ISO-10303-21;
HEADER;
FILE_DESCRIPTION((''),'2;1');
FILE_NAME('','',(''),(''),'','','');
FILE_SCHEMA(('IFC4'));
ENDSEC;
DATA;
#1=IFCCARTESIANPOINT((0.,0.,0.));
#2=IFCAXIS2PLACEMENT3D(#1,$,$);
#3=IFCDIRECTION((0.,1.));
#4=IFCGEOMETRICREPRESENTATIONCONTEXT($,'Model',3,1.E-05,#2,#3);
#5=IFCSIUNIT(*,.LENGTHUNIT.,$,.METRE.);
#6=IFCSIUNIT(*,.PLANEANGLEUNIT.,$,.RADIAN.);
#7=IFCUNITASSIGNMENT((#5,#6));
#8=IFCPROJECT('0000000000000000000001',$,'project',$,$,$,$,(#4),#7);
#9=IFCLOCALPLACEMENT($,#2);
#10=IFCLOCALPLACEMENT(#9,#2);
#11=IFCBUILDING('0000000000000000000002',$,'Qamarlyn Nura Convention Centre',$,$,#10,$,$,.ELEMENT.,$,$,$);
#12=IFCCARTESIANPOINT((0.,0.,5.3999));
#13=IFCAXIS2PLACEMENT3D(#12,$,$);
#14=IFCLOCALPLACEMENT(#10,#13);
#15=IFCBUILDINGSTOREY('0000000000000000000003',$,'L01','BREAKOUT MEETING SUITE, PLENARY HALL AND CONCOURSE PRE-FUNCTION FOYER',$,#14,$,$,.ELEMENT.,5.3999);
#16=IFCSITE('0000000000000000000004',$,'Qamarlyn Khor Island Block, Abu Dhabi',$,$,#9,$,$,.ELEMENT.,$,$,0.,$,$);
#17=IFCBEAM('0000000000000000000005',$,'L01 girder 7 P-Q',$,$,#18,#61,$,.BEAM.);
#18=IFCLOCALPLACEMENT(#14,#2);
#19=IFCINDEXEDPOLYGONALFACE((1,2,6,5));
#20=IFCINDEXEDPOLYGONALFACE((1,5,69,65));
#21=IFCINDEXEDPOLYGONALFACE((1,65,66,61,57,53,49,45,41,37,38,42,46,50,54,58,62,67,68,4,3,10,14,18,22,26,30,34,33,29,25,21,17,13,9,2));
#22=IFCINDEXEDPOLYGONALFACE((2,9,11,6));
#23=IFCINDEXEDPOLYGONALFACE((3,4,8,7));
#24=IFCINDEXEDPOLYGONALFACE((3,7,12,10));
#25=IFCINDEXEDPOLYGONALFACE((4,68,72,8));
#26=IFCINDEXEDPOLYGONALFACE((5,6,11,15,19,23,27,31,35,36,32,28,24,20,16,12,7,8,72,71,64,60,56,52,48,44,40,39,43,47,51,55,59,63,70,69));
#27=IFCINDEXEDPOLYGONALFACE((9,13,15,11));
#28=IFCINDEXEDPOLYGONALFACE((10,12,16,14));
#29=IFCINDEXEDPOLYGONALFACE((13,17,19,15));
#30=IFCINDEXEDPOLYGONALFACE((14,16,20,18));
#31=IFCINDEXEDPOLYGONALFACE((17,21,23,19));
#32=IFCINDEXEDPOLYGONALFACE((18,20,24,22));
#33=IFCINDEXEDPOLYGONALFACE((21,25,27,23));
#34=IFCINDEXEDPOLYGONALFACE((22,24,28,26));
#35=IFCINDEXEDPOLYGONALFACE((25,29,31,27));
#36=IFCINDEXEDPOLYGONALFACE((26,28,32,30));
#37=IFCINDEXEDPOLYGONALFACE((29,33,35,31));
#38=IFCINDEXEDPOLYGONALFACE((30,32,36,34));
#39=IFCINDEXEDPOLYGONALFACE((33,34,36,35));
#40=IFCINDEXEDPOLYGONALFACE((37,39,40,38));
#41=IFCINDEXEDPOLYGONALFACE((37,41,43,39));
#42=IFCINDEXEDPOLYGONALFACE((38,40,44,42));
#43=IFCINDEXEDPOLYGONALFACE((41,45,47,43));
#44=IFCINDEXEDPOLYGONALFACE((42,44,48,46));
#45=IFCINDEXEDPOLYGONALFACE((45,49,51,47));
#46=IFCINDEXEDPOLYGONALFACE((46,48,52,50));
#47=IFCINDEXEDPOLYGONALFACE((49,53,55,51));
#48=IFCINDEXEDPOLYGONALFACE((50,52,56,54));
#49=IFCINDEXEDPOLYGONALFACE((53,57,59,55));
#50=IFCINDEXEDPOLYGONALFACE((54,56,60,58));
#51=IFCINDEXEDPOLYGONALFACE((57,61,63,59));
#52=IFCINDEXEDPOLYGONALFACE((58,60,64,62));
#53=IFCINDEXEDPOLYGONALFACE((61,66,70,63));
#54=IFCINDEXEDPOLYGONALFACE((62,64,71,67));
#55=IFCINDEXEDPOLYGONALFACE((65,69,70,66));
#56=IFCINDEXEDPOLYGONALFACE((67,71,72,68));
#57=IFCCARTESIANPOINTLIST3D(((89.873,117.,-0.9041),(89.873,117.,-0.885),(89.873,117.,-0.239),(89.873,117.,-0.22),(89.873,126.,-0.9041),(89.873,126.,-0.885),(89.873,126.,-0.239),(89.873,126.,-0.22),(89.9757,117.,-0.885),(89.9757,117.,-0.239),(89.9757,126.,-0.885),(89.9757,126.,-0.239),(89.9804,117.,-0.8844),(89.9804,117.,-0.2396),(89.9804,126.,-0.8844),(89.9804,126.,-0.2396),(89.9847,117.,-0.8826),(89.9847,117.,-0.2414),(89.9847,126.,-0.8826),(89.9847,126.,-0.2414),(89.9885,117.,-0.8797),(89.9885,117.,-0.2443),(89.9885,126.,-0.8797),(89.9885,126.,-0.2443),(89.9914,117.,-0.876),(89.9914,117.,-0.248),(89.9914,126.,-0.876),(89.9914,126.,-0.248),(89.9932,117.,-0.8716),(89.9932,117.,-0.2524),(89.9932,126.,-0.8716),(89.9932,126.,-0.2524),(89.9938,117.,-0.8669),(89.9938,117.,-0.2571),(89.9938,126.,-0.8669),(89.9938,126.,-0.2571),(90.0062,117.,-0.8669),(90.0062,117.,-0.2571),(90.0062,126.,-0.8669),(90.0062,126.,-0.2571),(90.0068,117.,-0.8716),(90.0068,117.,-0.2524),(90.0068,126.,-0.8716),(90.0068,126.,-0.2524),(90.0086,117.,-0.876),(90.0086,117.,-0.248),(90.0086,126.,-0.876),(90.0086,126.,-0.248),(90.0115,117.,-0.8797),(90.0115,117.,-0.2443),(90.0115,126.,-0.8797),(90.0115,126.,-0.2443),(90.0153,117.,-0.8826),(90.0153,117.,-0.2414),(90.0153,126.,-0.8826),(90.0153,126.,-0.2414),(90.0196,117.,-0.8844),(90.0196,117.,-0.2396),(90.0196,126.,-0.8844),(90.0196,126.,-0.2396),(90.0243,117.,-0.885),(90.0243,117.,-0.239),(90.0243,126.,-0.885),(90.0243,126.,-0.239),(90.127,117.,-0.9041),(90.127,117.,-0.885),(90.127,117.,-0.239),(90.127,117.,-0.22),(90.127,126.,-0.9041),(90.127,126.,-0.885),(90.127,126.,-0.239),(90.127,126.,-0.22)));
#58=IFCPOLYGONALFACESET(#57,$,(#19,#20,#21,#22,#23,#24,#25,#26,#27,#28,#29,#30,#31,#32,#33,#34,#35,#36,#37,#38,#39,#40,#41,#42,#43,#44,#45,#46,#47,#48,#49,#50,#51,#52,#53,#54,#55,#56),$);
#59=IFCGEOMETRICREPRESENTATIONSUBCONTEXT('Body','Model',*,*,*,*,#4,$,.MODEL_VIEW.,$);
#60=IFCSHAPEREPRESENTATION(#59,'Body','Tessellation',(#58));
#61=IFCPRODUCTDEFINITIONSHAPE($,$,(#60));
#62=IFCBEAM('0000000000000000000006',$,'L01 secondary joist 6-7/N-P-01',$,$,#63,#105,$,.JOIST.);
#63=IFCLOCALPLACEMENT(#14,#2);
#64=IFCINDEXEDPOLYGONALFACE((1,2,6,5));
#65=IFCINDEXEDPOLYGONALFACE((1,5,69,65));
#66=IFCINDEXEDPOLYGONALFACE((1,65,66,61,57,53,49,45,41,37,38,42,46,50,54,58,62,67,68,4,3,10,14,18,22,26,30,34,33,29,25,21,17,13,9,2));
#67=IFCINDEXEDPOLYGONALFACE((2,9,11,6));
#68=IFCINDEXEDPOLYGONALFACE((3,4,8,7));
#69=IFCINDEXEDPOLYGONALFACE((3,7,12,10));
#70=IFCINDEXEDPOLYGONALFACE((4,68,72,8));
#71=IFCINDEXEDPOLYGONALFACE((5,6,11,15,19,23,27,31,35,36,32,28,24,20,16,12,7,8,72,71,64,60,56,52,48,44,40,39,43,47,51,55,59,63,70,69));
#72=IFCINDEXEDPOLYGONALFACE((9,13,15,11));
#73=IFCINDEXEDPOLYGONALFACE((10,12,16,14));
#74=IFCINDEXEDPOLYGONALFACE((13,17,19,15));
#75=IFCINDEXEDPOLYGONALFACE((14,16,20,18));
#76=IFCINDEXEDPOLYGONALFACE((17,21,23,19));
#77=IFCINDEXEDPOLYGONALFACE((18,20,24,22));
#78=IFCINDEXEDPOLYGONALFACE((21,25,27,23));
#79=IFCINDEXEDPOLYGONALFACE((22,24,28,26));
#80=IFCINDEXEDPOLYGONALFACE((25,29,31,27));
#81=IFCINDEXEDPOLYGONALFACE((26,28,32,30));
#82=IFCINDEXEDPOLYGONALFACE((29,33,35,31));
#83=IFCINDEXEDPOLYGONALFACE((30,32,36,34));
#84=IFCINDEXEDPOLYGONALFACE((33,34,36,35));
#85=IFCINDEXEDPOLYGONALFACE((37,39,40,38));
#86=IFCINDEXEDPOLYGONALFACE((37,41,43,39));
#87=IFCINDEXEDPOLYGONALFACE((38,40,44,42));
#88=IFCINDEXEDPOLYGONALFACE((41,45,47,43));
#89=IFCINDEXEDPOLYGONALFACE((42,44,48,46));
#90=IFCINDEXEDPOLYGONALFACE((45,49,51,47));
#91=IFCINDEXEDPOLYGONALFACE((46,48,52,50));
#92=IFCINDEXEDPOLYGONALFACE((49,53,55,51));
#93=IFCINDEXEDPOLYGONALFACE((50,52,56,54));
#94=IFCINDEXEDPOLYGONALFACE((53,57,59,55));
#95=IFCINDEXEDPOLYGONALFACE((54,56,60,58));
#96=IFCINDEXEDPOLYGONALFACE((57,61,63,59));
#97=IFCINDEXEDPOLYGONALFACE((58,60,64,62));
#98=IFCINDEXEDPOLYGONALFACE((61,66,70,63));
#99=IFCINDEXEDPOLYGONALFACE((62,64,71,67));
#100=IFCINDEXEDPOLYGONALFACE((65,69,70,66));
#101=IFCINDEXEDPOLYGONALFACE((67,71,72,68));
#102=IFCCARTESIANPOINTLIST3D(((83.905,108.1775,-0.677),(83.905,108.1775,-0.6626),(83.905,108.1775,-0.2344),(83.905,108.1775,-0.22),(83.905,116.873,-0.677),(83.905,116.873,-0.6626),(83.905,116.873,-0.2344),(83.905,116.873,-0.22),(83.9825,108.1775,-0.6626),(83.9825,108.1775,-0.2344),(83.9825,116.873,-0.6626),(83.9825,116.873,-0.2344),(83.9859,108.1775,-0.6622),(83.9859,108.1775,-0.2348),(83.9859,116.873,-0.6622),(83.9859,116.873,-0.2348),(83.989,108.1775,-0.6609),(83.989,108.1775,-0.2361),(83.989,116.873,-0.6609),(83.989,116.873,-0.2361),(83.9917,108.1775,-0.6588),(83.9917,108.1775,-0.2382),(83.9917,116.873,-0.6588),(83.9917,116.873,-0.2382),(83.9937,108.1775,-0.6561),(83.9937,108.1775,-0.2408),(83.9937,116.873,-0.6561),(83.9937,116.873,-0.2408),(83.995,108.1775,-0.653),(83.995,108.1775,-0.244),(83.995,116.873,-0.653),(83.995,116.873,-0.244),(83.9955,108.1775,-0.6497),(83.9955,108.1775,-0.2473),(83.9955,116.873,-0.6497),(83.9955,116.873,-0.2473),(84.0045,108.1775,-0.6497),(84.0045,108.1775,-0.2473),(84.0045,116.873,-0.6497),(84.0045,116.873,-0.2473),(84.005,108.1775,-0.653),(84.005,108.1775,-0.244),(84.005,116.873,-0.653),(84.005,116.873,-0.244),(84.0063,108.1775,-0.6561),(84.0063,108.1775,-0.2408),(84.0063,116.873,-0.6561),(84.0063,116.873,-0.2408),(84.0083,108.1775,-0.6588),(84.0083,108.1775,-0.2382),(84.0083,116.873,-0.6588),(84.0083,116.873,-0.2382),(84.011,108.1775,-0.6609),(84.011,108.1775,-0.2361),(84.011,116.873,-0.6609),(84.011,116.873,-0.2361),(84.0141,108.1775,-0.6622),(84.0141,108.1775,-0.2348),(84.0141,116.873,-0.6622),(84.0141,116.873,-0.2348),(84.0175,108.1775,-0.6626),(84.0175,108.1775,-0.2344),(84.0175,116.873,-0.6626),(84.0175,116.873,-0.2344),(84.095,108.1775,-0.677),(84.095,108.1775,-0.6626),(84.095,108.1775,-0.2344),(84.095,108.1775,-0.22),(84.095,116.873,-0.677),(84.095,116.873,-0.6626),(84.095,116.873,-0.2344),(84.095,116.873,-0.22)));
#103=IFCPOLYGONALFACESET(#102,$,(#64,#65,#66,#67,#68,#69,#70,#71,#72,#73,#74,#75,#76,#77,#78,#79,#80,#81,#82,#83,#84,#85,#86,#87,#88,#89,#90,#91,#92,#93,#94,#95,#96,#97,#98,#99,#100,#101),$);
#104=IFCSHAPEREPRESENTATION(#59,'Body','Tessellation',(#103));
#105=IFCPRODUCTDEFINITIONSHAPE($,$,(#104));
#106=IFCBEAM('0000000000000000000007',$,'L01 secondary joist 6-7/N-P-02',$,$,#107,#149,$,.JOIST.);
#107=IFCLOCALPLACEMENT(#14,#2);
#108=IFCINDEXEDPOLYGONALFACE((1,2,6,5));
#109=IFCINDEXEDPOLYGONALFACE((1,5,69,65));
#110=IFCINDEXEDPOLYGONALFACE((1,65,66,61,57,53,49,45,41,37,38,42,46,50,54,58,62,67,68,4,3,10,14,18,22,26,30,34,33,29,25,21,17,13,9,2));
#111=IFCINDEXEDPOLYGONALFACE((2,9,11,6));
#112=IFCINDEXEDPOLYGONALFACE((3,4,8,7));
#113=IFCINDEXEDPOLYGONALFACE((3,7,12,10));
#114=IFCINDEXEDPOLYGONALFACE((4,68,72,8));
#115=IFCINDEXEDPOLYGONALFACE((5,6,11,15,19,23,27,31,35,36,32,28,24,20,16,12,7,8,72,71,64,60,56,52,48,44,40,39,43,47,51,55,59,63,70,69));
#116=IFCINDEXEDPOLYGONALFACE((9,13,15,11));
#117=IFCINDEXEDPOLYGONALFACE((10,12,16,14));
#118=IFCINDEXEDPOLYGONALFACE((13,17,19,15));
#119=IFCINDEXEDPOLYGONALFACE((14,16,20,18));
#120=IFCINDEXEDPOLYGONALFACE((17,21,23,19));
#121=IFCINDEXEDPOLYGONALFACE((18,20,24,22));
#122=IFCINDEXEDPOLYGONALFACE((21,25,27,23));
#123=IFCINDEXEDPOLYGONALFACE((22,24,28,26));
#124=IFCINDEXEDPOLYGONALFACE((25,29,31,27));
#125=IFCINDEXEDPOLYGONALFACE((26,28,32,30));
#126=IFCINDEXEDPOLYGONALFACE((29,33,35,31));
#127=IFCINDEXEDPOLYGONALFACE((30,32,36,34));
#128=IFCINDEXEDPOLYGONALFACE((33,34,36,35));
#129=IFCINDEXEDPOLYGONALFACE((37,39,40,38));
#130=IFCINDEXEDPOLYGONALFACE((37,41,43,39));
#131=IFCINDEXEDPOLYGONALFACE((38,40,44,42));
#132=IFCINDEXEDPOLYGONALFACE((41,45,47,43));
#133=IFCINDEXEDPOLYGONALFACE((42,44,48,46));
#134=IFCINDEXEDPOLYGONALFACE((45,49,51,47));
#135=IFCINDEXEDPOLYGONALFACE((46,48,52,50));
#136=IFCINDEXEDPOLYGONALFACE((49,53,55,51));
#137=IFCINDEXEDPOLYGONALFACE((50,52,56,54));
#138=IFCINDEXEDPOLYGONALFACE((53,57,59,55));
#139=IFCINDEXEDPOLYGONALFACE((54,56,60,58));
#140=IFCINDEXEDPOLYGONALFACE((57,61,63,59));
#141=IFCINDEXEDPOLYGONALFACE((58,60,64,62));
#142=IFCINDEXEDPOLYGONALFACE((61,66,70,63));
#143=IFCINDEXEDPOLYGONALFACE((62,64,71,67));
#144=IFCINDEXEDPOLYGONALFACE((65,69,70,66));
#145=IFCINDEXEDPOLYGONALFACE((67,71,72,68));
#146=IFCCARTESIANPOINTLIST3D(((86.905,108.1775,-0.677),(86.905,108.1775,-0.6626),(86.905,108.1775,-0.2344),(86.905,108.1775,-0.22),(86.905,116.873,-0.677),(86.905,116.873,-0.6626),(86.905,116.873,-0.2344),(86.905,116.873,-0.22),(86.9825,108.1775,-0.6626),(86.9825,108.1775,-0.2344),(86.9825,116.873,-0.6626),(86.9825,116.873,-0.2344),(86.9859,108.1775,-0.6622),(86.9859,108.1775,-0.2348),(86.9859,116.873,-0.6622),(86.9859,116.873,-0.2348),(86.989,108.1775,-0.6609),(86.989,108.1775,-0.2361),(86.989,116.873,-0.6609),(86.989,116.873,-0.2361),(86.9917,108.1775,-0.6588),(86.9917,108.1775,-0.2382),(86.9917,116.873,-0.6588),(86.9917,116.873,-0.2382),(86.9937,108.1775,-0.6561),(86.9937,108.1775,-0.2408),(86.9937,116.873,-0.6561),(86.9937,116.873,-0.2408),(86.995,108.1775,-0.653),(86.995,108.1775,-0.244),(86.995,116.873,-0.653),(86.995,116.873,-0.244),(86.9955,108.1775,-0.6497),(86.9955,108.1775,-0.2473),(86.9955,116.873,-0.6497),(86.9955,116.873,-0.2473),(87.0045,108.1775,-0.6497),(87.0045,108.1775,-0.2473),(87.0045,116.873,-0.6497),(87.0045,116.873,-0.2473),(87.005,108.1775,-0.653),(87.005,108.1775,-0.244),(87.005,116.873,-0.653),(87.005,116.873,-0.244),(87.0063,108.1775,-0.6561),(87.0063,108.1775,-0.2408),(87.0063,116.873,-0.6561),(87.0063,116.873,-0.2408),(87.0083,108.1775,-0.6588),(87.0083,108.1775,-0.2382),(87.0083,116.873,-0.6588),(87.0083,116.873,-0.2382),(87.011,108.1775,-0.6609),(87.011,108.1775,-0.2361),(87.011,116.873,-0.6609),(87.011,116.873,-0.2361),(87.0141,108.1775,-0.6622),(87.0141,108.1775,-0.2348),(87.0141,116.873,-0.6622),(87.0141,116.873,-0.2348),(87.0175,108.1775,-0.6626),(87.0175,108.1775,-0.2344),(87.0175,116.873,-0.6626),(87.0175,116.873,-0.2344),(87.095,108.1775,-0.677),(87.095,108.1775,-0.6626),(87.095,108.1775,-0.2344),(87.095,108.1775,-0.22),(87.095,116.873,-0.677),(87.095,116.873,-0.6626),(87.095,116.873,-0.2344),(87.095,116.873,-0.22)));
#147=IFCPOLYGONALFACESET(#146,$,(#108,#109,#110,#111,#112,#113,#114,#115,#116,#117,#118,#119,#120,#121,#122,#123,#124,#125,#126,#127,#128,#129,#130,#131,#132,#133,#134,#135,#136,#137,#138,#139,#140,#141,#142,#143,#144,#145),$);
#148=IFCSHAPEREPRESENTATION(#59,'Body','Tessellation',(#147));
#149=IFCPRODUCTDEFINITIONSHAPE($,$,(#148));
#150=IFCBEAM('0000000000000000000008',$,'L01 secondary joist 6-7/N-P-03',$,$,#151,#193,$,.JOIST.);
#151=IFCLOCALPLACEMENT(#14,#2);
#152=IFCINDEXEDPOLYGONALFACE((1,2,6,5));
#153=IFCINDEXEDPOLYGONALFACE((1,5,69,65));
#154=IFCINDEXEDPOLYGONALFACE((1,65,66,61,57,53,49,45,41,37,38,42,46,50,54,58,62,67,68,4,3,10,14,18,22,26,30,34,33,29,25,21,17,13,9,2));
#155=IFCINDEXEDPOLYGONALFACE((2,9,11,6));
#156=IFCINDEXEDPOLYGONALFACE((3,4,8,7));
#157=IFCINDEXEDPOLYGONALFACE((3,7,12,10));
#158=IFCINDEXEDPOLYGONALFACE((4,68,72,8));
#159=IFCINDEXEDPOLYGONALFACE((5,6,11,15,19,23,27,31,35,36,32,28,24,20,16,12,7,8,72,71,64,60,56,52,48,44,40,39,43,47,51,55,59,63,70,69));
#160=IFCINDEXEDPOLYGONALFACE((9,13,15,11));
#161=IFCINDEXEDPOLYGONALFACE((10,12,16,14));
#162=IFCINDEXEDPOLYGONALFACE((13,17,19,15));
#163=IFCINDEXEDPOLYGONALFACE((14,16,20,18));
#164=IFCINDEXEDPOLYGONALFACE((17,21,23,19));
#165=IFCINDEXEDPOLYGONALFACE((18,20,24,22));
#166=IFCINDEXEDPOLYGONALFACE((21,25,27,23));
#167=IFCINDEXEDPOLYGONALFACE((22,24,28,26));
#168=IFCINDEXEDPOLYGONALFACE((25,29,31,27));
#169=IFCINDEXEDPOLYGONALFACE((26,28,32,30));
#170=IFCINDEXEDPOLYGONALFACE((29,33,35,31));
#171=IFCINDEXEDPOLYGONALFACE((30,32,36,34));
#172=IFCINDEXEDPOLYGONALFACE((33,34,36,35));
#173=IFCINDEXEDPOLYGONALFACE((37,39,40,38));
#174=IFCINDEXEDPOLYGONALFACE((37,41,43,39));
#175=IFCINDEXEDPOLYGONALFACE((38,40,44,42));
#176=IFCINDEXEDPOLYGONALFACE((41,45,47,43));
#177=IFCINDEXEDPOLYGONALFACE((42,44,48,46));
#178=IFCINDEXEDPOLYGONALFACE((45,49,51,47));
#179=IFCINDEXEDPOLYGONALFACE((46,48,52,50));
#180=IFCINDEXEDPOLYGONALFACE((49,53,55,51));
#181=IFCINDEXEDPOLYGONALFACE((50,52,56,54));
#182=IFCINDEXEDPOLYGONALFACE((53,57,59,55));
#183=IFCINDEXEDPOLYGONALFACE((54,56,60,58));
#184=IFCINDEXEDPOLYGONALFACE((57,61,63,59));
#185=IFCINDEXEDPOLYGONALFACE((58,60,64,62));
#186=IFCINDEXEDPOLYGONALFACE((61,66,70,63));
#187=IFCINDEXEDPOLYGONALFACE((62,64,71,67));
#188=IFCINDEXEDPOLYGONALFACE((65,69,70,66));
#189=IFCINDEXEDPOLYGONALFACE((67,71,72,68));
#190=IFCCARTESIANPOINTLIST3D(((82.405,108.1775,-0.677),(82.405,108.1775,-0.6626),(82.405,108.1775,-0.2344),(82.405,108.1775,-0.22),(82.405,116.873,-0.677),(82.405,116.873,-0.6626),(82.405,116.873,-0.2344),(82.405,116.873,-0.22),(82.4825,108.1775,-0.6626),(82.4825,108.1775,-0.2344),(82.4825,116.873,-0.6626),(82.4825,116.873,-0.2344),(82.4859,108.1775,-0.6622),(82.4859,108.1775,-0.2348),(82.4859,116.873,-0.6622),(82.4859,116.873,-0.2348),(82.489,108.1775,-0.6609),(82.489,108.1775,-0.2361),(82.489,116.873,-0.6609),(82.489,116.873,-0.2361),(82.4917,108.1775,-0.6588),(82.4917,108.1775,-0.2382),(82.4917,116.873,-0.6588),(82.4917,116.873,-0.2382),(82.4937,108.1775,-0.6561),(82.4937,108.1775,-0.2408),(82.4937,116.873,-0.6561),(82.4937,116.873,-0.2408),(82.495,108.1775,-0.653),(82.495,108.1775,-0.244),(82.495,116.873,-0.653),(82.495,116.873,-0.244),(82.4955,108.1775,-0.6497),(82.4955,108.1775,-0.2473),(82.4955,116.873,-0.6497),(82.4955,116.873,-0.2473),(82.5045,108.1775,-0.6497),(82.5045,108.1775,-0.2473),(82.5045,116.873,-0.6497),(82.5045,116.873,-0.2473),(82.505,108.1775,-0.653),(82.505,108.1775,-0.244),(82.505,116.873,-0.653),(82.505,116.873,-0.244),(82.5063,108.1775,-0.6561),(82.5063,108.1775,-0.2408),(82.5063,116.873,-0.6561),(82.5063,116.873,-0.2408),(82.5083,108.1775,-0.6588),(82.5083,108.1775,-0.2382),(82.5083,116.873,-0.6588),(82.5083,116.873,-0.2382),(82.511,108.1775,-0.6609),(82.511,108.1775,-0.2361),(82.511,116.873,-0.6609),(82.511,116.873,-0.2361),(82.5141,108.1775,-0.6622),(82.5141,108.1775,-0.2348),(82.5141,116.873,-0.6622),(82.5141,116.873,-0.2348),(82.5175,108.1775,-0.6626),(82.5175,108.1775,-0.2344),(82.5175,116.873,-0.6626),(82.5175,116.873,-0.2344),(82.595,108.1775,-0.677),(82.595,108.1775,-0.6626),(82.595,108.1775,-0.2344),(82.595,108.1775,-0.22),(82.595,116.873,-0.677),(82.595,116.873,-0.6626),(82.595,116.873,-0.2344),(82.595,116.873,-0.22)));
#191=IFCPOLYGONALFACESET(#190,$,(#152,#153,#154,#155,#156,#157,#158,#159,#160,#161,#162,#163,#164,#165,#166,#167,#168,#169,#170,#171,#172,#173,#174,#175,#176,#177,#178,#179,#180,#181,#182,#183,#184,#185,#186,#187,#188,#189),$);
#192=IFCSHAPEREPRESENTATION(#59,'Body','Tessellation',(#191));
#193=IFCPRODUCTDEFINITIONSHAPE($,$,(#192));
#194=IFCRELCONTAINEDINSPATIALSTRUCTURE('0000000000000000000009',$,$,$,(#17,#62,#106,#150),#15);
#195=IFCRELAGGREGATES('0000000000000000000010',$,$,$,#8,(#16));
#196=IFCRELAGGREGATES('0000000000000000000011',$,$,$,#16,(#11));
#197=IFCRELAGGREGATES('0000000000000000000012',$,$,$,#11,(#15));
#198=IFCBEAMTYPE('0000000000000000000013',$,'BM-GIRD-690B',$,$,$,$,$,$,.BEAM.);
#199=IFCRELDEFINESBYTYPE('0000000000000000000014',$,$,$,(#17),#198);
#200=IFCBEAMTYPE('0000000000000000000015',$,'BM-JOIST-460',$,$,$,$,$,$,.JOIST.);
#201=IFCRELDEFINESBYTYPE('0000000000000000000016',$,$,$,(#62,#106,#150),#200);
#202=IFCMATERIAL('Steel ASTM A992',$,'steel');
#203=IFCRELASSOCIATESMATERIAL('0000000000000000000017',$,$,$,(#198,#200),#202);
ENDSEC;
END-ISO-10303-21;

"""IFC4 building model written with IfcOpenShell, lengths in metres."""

from ifc_helpers import new_model, si_unit, direction, frame, origin, origin_2d, place, context, subcontext, project, spatial, i_section, extrude, material, material_profile, profile_set, type_object, element, save


model = new_model("IFC4")

# Units and contexts
model_context = context("Model", 3, precision=1e-05, world=origin(), true_north=direction((0.0, 1.0)))
body_context = subcontext(model_context, "Body", "Model", "MODEL_VIEW")
ifc_project = project(units=[si_unit("LENGTHUNIT", "METRE"), si_unit("PLANEANGLEUNIT", "RADIAN")], contexts=[model_context])

# Site, building, storey
site_placement = place(None, origin())
site = spatial("IfcSite", under=ifc_project, at=site_placement, Name="Qamarlyn Khor Island Block, Abu Dhabi", CompositionType="ELEMENT", RefElevation=0.0)
building_placement = place(site_placement, origin())
building = spatial("IfcBuilding", under=site, at=building_placement, Name="Qamarlyn Nura Convention Centre", CompositionType="ELEMENT")
storey_placement = place(building_placement, frame((0.0, 0.0, 5.3999)))
storey = spatial("IfcBuildingStorey", under=building, at=storey_placement, Name="L01", Description="BREAKOUT MEETING SUITE, PLENARY HALL AND CONCOURSE PRE-FUNCTION FOYER", CompositionType="ELEMENT", Elevation=5.3999)

# Shared definitions
ifc_material_1 = material(Name="Steel ASTM A992", Category="steel")

# Beams
ifc_material_profile_1 = material_profile(ifc_material_1, i_section(OverallWidth=0.2539, OverallDepth=0.6841, WebThickness=0.0125, FlangeThickness=0.019, FilletRadius=0.0181, at=origin_2d()), Name="W690X140")
ifc_profile_set_1 = profile_set([ifc_material_profile_1], Name="Steel ASTM A992")
beam_type_1 = type_object("IfcBeamType", Name="BM-GIRD-690B", PredefinedType="BEAM", material=ifc_profile_set_1)
beam_1_placement = place(storey_placement, frame((90.0, 117.0, -0.562), z_axis=(0.0, 1.0, 0.0), x_axis=(-1.0, 0.0, 0.0)))
element("IfcBeam", 1, at=beam_1_placement, inside=storey, type_object=beam_type_1, Name="L01 girder 7 P-Q", PredefinedType="BEAM", context=body_context, shape_type="SweptSolid", body=[
    extrude(i_section(OverallWidth=0.2539, OverallDepth=0.6841, WebThickness=0.0125, FlangeThickness=0.019, FilletRadius=0.0181, at=origin_2d()), origin(), (0.0, 0.0, 1.0), 9.0),
])
ifc_material_profile_2 = material_profile(ifc_material_1, i_section(OverallWidth=0.1899, OverallDepth=0.457, WebThickness=0.009, FlangeThickness=0.0144, FilletRadius=0.0129, at=origin_2d()), Name="W460X74")
ifc_profile_set_2 = profile_set([ifc_material_profile_2], Name="Steel ASTM A992")
beam_type_2 = type_object("IfcBeamType", Name="BM-JOIST-460", PredefinedType="JOIST", material=ifc_profile_set_2)
for number, where, z_axis, x_axis, name in (
    (2, (84.0, 108.1775, -0.4485), (0.0, 1.0, 0.0), (-1.0, 0.0, 0.0), "L01 secondary joist 6-7/N-P-01"),
    (3, (87.0, 108.1775, -0.4485), (0.0, 1.0, 0.0), (-1.0, 0.0, 0.0), "L01 secondary joist 6-7/N-P-02"),
    (4, (82.5, 108.1775, -0.4485), (0.0, 1.0, 0.0), (-1.0, 0.0, 0.0), "L01 secondary joist 6-7/N-P-03"),
):
    element("IfcBeam", number, at=place(storey_placement, frame(where, z_axis=z_axis, x_axis=x_axis)), inside=storey, type_object=beam_type_2, Name=name, PredefinedType="JOIST", context=body_context, shape_type="SweptSolid", body=[
        extrude(i_section(OverallWidth=0.1899, OverallDepth=0.457, WebThickness=0.009, FlangeThickness=0.0144, FilletRadius=0.0129, at=origin_2d()), origin(), (0.0, 0.0, 1.0), 8.6956),
    ])

save(model, "model.ifc")
